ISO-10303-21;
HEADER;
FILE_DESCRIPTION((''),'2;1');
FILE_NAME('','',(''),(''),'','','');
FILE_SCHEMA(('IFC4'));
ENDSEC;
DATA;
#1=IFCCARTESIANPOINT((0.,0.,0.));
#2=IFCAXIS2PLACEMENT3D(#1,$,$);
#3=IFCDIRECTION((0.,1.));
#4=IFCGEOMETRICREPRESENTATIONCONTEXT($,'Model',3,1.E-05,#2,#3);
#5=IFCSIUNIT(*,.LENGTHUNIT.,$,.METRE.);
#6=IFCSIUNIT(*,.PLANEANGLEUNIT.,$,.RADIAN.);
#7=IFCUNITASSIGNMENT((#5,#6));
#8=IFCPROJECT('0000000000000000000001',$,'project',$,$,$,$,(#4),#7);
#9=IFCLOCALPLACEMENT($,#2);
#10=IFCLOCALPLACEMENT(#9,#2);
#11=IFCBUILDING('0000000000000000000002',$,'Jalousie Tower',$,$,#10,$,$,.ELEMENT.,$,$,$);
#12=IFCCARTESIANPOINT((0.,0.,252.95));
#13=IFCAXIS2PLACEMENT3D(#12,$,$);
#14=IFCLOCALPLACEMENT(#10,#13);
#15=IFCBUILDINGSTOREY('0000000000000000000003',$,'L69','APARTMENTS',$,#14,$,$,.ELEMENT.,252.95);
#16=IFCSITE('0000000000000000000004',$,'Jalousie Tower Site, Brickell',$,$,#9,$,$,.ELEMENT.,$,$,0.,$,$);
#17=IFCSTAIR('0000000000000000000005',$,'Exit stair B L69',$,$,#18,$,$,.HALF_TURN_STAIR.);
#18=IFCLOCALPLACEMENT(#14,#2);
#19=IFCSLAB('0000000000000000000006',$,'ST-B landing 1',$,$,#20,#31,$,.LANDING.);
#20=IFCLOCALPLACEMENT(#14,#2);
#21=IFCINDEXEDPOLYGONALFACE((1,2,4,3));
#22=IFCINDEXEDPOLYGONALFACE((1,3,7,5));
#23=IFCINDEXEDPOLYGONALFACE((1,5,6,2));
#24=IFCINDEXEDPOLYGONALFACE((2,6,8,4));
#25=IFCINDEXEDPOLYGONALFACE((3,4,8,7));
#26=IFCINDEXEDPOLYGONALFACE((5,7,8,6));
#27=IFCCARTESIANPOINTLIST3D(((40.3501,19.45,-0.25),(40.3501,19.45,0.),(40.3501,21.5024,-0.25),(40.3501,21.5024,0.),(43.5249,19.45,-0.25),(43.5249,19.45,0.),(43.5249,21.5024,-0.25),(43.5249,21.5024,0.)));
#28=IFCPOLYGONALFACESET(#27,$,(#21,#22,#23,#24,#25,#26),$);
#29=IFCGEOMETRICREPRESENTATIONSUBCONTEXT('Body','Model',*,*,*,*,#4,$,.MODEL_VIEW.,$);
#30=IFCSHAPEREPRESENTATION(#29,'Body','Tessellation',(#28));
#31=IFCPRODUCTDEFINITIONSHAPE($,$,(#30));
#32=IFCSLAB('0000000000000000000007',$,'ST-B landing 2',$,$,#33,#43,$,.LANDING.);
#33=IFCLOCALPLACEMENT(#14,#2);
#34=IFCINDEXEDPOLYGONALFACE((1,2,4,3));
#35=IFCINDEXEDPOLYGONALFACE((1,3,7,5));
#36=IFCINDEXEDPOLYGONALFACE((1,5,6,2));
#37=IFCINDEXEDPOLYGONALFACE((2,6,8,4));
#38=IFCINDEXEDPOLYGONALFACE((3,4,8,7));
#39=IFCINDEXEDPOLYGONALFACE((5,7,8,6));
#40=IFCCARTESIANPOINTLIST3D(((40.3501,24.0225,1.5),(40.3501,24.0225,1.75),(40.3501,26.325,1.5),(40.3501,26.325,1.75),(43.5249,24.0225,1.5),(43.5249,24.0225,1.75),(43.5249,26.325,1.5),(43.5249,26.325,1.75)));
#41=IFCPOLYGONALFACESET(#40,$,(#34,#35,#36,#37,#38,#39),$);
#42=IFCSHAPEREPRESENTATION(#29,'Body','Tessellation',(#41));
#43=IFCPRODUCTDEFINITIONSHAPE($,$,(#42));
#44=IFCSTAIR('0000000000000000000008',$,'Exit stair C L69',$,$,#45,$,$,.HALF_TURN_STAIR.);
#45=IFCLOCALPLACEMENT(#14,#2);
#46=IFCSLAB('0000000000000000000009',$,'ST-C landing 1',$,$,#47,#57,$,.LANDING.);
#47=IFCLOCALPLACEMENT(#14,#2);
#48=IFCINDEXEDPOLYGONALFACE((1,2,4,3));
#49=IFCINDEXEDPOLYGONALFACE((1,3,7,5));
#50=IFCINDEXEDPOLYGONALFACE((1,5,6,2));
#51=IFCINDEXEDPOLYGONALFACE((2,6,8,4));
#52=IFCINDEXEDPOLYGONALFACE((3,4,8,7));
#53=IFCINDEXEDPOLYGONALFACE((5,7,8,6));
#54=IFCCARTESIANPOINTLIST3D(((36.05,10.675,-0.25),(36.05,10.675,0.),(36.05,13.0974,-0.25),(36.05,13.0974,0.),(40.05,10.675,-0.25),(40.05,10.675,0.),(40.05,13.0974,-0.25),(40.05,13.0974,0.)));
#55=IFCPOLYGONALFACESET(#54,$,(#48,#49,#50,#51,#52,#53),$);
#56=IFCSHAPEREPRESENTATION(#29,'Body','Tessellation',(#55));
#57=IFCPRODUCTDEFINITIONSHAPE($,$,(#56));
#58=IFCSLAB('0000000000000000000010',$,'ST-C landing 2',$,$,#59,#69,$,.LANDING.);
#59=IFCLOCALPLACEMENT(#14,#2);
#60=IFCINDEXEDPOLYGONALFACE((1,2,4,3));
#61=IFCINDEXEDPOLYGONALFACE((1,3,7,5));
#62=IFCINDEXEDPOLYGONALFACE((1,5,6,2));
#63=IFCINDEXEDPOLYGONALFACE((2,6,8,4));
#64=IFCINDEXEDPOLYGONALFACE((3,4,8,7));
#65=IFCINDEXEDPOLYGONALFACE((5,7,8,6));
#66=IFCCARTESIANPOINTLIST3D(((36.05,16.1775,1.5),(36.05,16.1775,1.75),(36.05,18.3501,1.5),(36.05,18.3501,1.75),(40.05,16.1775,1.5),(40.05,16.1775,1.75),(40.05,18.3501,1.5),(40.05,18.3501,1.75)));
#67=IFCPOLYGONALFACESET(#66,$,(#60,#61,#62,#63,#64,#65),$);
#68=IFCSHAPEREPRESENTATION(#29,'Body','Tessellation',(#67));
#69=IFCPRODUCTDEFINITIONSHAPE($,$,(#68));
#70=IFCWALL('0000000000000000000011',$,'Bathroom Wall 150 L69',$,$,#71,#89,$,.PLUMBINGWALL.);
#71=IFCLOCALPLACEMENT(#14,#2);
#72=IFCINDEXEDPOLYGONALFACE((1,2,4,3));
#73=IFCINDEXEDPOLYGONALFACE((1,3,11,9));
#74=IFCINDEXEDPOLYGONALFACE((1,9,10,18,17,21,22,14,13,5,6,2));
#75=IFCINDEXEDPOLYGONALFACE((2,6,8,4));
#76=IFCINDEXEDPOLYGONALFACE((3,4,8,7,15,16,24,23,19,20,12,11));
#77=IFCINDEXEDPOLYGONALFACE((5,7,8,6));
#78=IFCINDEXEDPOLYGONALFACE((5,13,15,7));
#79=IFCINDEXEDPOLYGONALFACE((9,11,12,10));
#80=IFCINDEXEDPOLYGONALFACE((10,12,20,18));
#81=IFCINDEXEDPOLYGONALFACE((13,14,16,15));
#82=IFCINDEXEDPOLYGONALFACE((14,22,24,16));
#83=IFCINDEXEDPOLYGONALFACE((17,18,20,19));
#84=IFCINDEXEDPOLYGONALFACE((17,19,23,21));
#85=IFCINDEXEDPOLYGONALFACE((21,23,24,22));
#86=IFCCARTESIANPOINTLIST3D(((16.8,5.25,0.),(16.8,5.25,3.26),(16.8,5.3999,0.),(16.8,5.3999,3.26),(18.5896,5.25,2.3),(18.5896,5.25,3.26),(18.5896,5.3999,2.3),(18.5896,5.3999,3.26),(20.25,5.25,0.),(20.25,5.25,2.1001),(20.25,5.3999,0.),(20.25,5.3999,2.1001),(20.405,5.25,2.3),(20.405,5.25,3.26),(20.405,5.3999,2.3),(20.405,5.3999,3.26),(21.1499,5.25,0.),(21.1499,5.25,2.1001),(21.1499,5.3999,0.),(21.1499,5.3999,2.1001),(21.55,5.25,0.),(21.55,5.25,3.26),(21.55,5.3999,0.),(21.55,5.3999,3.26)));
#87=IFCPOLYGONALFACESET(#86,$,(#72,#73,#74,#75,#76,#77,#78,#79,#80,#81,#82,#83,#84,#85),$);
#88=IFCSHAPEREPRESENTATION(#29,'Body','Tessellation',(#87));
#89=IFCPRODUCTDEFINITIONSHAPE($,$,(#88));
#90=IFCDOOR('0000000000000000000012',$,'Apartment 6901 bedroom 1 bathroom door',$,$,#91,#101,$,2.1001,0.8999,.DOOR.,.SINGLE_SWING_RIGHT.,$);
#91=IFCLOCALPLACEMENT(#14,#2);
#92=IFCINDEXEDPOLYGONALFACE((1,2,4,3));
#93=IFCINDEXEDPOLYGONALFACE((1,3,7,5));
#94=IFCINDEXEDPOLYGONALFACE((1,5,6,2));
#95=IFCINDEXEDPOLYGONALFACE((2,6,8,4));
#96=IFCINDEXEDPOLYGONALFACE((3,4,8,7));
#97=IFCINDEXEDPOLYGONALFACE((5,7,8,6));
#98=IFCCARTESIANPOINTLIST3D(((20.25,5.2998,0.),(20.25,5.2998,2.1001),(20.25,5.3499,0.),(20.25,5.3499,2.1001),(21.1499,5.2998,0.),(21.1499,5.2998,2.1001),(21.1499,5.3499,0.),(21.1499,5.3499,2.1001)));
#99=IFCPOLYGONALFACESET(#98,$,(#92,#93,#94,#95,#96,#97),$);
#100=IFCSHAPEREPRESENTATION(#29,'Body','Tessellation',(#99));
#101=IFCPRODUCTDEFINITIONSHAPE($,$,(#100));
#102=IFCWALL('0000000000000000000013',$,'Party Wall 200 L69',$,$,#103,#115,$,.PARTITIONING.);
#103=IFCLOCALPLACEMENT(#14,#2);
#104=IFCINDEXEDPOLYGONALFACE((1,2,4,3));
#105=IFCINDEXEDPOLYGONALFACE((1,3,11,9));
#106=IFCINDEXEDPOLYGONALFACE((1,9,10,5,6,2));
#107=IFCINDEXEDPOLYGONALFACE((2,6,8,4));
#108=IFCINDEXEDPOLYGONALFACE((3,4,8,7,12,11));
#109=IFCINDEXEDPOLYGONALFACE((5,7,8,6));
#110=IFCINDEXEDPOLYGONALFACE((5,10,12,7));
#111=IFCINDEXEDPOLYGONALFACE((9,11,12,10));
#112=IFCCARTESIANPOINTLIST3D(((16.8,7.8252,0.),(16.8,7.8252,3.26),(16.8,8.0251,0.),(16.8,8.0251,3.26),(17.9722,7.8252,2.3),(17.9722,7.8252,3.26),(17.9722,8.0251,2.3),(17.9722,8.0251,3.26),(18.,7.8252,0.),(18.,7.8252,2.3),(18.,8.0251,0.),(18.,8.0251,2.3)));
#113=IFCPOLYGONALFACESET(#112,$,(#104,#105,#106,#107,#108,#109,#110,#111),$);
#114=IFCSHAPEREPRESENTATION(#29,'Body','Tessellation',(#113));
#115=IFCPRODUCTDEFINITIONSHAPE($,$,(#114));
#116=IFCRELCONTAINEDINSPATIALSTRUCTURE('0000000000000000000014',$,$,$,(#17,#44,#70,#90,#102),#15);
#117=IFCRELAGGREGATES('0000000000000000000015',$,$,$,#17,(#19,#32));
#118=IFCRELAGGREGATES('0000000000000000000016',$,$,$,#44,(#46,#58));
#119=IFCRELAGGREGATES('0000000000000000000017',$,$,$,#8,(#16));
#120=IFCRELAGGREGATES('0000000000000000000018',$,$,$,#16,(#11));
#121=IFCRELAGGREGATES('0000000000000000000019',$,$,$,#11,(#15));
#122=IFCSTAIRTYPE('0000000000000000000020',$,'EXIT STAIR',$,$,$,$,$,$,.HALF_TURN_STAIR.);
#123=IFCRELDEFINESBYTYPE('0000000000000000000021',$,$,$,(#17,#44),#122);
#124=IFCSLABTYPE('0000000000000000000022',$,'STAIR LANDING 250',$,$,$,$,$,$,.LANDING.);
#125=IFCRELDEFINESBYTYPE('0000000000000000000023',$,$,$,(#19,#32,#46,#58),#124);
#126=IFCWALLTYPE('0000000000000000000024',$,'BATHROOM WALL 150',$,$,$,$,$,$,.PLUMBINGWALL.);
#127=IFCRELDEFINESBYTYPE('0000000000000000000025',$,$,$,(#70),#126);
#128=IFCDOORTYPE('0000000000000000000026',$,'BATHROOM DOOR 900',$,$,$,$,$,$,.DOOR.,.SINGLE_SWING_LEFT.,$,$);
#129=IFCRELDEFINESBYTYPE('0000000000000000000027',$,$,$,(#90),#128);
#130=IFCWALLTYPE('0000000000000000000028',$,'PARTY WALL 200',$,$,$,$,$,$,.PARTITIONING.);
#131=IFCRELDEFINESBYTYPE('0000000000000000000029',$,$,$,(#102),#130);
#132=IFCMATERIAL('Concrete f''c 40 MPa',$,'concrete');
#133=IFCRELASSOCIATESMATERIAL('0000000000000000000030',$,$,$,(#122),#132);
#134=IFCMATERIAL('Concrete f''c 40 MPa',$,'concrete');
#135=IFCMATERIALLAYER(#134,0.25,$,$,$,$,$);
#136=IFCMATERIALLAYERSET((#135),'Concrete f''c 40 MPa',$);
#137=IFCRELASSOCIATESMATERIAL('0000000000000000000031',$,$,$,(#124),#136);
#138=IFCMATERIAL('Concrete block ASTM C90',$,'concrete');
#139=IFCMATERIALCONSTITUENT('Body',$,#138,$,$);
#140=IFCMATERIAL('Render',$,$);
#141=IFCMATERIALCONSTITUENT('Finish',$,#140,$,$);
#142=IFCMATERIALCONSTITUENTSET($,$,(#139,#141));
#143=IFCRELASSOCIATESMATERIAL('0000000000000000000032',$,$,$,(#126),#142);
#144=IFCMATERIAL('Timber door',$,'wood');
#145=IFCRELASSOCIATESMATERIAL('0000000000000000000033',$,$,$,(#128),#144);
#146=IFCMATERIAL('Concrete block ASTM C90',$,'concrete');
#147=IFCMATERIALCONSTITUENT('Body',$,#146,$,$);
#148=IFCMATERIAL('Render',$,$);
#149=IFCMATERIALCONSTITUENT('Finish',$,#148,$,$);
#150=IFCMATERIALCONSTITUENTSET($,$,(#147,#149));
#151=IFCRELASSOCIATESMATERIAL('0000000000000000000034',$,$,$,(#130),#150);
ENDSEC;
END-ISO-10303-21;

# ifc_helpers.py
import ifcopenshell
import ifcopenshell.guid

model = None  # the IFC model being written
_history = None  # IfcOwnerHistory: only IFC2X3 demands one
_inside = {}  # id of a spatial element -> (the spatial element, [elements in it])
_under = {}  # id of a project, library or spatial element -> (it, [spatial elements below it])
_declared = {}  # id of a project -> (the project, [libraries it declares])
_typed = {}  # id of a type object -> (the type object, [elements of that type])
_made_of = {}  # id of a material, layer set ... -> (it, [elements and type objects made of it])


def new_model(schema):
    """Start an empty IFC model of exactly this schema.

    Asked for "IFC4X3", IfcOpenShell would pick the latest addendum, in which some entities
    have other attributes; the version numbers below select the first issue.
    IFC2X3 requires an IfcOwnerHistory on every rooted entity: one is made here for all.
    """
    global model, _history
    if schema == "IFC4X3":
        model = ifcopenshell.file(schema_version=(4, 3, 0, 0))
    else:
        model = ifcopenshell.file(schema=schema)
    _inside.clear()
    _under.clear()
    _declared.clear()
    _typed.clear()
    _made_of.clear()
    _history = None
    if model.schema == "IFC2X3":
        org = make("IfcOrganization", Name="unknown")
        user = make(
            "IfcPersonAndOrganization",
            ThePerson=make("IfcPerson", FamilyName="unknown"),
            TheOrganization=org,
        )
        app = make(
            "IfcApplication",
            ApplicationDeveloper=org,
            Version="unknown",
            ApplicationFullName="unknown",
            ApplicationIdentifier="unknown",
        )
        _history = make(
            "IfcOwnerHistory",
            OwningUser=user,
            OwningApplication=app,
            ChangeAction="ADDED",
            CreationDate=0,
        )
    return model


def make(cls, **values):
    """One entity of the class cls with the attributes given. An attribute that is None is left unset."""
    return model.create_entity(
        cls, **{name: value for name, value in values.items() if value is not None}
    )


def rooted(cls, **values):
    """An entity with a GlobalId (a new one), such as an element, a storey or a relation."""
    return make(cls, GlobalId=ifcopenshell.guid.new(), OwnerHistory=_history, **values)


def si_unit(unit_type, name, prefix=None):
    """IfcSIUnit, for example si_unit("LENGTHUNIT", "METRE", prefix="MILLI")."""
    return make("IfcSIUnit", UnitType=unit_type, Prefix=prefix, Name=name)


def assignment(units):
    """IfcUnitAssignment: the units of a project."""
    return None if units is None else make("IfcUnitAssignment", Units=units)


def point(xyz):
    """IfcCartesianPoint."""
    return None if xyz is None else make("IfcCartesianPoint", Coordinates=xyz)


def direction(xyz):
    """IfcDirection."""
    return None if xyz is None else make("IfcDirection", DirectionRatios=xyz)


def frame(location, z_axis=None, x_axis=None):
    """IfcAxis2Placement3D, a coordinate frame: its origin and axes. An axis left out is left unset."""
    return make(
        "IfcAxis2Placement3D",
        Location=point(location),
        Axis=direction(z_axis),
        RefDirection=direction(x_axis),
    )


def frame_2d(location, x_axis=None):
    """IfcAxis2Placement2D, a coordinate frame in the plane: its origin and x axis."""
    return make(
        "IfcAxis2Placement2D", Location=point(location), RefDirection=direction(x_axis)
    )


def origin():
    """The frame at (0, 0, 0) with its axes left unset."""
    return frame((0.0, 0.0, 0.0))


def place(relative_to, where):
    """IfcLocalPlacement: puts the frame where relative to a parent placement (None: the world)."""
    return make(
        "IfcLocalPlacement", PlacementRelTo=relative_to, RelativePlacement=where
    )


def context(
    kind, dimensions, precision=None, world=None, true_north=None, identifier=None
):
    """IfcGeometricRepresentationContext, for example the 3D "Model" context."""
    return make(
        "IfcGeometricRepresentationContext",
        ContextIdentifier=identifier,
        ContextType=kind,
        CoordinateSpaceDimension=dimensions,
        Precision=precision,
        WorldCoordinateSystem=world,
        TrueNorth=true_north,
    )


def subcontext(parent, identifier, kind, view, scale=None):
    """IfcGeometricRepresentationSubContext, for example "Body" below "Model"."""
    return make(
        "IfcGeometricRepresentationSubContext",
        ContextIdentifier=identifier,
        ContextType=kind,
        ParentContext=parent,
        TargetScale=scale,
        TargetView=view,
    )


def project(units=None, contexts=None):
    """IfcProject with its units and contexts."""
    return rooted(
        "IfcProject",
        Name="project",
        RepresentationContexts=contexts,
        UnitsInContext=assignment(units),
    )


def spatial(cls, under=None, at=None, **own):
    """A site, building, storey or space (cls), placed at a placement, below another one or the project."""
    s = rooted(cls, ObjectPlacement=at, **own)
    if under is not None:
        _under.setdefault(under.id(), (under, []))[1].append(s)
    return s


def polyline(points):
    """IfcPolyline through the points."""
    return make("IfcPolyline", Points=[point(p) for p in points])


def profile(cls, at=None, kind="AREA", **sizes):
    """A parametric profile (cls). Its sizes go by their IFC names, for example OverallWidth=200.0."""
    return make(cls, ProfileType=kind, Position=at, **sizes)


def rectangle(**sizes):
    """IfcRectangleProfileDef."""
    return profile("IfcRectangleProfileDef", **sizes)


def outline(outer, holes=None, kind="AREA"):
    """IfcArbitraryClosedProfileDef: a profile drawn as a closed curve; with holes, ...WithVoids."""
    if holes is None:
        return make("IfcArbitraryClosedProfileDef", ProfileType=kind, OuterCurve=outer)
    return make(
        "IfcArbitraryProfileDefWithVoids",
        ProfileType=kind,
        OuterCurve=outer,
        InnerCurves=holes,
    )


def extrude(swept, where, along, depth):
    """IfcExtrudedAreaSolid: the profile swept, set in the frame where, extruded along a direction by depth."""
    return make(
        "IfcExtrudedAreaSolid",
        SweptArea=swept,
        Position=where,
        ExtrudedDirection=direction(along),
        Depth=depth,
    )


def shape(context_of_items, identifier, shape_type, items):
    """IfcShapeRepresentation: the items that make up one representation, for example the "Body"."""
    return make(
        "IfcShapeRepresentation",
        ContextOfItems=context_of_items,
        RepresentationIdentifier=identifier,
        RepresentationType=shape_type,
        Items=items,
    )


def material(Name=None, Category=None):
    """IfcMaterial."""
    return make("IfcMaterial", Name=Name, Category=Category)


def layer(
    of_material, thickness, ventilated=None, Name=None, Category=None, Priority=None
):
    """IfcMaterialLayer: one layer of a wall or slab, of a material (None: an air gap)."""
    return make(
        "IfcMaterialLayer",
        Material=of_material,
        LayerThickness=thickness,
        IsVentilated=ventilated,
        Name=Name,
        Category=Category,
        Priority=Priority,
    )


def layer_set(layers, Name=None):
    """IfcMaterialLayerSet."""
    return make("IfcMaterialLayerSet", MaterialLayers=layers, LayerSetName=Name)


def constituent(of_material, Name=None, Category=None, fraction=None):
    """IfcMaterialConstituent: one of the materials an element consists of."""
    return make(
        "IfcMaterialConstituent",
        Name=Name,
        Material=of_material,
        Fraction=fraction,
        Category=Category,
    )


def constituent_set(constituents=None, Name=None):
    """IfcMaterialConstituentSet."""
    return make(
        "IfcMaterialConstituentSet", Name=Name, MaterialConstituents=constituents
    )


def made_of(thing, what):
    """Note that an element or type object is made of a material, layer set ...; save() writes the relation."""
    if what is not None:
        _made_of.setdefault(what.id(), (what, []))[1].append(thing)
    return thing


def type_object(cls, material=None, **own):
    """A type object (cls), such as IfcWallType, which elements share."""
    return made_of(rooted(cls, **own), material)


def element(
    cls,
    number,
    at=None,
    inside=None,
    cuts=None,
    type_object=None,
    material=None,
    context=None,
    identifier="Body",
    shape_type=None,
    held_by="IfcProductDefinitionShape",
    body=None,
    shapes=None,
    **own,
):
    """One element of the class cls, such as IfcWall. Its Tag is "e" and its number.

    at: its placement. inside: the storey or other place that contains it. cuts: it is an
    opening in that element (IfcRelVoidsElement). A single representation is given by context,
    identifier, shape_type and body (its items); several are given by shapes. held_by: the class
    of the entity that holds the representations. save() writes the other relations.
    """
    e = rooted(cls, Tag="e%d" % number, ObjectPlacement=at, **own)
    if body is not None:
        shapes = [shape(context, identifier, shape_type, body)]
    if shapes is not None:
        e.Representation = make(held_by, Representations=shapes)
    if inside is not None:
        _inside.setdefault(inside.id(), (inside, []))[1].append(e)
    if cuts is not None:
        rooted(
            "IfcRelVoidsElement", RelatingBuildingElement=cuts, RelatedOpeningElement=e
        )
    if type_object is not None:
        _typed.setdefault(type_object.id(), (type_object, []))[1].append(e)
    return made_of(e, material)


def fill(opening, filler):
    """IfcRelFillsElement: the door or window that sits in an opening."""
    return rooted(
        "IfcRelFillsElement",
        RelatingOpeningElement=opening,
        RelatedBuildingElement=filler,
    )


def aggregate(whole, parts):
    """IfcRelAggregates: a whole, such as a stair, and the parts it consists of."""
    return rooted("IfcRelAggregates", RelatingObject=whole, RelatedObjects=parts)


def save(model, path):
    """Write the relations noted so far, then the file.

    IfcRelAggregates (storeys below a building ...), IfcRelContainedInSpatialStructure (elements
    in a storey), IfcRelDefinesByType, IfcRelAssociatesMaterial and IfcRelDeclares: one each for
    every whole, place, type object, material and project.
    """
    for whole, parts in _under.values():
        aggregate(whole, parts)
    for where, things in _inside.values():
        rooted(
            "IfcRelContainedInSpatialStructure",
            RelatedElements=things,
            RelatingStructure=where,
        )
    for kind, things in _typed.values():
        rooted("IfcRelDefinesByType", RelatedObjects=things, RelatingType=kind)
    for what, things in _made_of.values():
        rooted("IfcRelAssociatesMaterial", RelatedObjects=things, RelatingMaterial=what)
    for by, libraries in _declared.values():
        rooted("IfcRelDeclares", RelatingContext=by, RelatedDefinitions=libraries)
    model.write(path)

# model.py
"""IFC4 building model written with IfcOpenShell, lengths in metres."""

from ifc_helpers import new_model, si_unit, direction, frame, frame_2d, origin, place, context, subcontext, project, spatial, polyline, rectangle, outline, extrude, material, layer, layer_set, constituent, constituent_set, type_object, element, fill, aggregate, save


model = new_model("IFC4")

# Units and contexts
model_context = context("Model", 3, precision=1e-05, world=origin(), true_north=direction((0.0, 1.0)))
body_context = subcontext(model_context, "Body", "Model", "MODEL_VIEW")
ifc_project = project(units=[si_unit("LENGTHUNIT", "METRE"), si_unit("PLANEANGLEUNIT", "RADIAN")], contexts=[model_context])

# Site, building, storey
site_placement = place(None, origin())
site = spatial("IfcSite", under=ifc_project, at=site_placement, Name="Jalousie Tower Site, Brickell", CompositionType="ELEMENT", RefElevation=0.0)
building_placement = place(site_placement, origin())
building = spatial("IfcBuilding", under=site, at=building_placement, Name="Jalousie Tower", CompositionType="ELEMENT")
storey_placement = place(building_placement, frame((0.0, 0.0, 252.95)))
storey = spatial("IfcBuildingStorey", under=building, at=storey_placement, Name="L69", Description="APARTMENTS", CompositionType="ELEMENT", Elevation=252.95)

# Stairs, slabs
ifc_material_1 = material(Name="Concrete f'c 40 MPa", Category="concrete")
stair_type = type_object("IfcStairType", Name="EXIT STAIR", PredefinedType="HALF_TURN_STAIR", material=ifc_material_1)
ifc_material_2 = material(Name="Concrete f'c 40 MPa", Category="concrete")
ifc_layer_1 = layer(ifc_material_2, 0.25)
ifc_layer_set_1 = layer_set([ifc_layer_1], Name="Concrete f'c 40 MPa")
slab_type_1 = type_object("IfcSlabType", Name="STAIR LANDING 250", PredefinedType="LANDING", material=ifc_layer_set_1)
stair_1_placement = place(storey_placement, origin())
stair_1 = element("IfcStair", 1, at=stair_1_placement, inside=storey, type_object=stair_type, Name="Exit stair B L69", PredefinedType="HALF_TURN_STAIR")
slab_1_placement = place(storey_placement, frame((0.0, 0.0, -0.25)))
slab_1 = element("IfcSlab", 2, at=slab_1_placement, type_object=slab_type_1, Name="ST-B landing 1", PredefinedType="LANDING", context=body_context, shape_type="SweptSolid", body=[
    extrude(outline(polyline([(40.3501, 19.45), (43.5249, 19.45), (43.5249, 21.5024), (40.3501, 21.5024), (40.3501, 19.45)])), origin(), (0.0, 0.0, 1.0), 0.25),
])
slab_2_placement = place(storey_placement, frame((0.0, 0.0, 1.5)))
slab_2 = element("IfcSlab", 3, at=slab_2_placement, type_object=slab_type_1, Name="ST-B landing 2", PredefinedType="LANDING", context=body_context, shape_type="SweptSolid", body=[
    extrude(outline(polyline([(40.3501, 24.0225), (43.5249, 24.0225), (43.5249, 26.325), (40.3501, 26.325), (40.3501, 24.0225)])), origin(), (0.0, 0.0, 1.0), 0.25),
])
aggregate(stair_1, [slab_1, slab_2])
stair_2_placement = place(storey_placement, origin())
stair_2 = element("IfcStair", 4, at=stair_2_placement, inside=storey, type_object=stair_type, Name="Exit stair C L69", PredefinedType="HALF_TURN_STAIR")
slab_3_placement = place(storey_placement, frame((0.0, 0.0, -0.25)))
slab_3 = element("IfcSlab", 5, at=slab_3_placement, type_object=slab_type_1, Name="ST-C landing 1", PredefinedType="LANDING", context=body_context, shape_type="SweptSolid", body=[
    extrude(outline(polyline([(36.05, 10.675), (40.05, 10.675), (40.05, 13.0974), (36.05, 13.0974), (36.05, 10.675)])), origin(), (0.0, 0.0, 1.0), 0.25),
])
slab_4_placement = place(storey_placement, frame((0.0, 0.0, 1.5)))
slab_4 = element("IfcSlab", 6, at=slab_4_placement, type_object=slab_type_1, Name="ST-C landing 2", PredefinedType="LANDING", context=body_context, shape_type="SweptSolid", body=[
    extrude(outline(polyline([(36.05, 16.1775), (40.05, 16.1775), (40.05, 18.3501), (36.05, 18.3501), (36.05, 16.1775)])), origin(), (0.0, 0.0, 1.0), 0.25),
])
aggregate(stair_2, [slab_3, slab_4])

# Wall, opening, door
ifc_material_3 = material(Name="Concrete block ASTM C90", Category="concrete")
ifc_constituent_1 = constituent(ifc_material_3, Name="Body")
ifc_material_4 = material(Name="Render")
ifc_constituent_2 = constituent(ifc_material_4, Name="Finish")
ifc_constituent_set_1 = constituent_set(constituents=[ifc_constituent_1, ifc_constituent_2])
wall_type_1 = type_object("IfcWallType", Name="BATHROOM WALL 150", PredefinedType="PLUMBINGWALL", material=ifc_constituent_set_1)
wall_1_placement = place(storey_placement, frame((16.8, 5.325, 0.0), z_axis=(0.0, 0.0, 1.0), x_axis=(1.0, 0.0, 0.0)))
wall_1 = element("IfcWall", 7, at=wall_1_placement, inside=storey, type_object=wall_type_1, Name="Bathroom Wall 150 L69", PredefinedType="PLUMBINGWALL", context=body_context, shape_type="SweptSolid", body=[
    extrude(outline(polyline([(0.0, 0.0), (4.75, 0.0), (4.75, 3.26), (3.605, 3.26), (3.605, 2.3), (1.7896, 2.3), (1.7896, 3.26), (0.0, 3.26), (0.0, 0.0)])), frame((0.0, 0.075, 0.0), z_axis=(0.0, -1.0, 0.0), x_axis=(1.0, 0.0, 0.0)), (0.0, 0.0, 1.0), 0.1499),
])
opening_placement = place(wall_1_placement, frame((3.45, 0.0, 0.0)))
opening = element("IfcOpeningElement", 8, at=opening_placement, cuts=wall_1, PredefinedType="OPENING", context=body_context, shape_type="SweptSolid", body=[
    extrude(rectangle(XDim=0.8999, YDim=2.1001, at=frame_2d((0.45, 1.05))), frame((0.0, 0.085, 0.0), z_axis=(0.0, -1.0, 0.0), x_axis=(1.0, 0.0, 0.0)), (0.0, 0.0, 1.0), 0.1699),
])
ifc_material_5 = material(Name="Timber door", Category="wood")
door_type = type_object("IfcDoorType", Name="BATHROOM DOOR 900", OperationType="SINGLE_SWING_LEFT", PredefinedType="DOOR", material=ifc_material_5)
door_placement = place(opening_placement, origin())
door = element("IfcDoor", 9, at=door_placement, inside=storey, type_object=door_type, Name="Apartment 6901 bedroom 1 bathroom door", OperationType="SINGLE_SWING_RIGHT", OverallHeight=2.1001, OverallWidth=0.8999, PredefinedType="DOOR", context=body_context, shape_type="SweptSolid", body=[
    extrude(rectangle(XDim=0.8999, YDim=2.1001, at=frame_2d((0.45, 1.05))), frame((0.0, 0.0249, 0.0), z_axis=(0.0, -1.0, 0.0), x_axis=(1.0, 0.0, 0.0)), (0.0, 0.0, 1.0), 0.05),
])
fill(opening, door)

# Wall
ifc_material_6 = material(Name="Concrete block ASTM C90", Category="concrete")
ifc_constituent_3 = constituent(ifc_material_6, Name="Body")
ifc_material_7 = material(Name="Render")
ifc_constituent_4 = constituent(ifc_material_7, Name="Finish")
ifc_constituent_set_2 = constituent_set(constituents=[ifc_constituent_3, ifc_constituent_4])
wall_type_2 = type_object("IfcWallType", Name="PARTY WALL 200", PredefinedType="PARTITIONING", material=ifc_constituent_set_2)
wall_2_placement = place(storey_placement, frame((16.8, 7.925, 0.0), z_axis=(0.0, 0.0, 1.0), x_axis=(1.0, 0.0, 0.0)))
element("IfcWall", 10, at=wall_2_placement, inside=storey, type_object=wall_type_2, Name="Party Wall 200 L69", PredefinedType="PARTITIONING", context=body_context, shape_type="SweptSolid", body=[
    extrude(outline(polyline([(0.0, 0.0), (1.2, 0.0), (1.2, 3.26), (1.2, 2.3), (1.1721, 2.3), (1.1721, 3.26), (0.0, 3.26), (0.0, 0.0)])), frame((0.0, 0.1001, 0.0), z_axis=(0.0, -1.0, 0.0), x_axis=(1.0, 0.0, 0.0)), (0.0, 0.0, 1.0), 0.2),
])

save(model, "model.ifc")
